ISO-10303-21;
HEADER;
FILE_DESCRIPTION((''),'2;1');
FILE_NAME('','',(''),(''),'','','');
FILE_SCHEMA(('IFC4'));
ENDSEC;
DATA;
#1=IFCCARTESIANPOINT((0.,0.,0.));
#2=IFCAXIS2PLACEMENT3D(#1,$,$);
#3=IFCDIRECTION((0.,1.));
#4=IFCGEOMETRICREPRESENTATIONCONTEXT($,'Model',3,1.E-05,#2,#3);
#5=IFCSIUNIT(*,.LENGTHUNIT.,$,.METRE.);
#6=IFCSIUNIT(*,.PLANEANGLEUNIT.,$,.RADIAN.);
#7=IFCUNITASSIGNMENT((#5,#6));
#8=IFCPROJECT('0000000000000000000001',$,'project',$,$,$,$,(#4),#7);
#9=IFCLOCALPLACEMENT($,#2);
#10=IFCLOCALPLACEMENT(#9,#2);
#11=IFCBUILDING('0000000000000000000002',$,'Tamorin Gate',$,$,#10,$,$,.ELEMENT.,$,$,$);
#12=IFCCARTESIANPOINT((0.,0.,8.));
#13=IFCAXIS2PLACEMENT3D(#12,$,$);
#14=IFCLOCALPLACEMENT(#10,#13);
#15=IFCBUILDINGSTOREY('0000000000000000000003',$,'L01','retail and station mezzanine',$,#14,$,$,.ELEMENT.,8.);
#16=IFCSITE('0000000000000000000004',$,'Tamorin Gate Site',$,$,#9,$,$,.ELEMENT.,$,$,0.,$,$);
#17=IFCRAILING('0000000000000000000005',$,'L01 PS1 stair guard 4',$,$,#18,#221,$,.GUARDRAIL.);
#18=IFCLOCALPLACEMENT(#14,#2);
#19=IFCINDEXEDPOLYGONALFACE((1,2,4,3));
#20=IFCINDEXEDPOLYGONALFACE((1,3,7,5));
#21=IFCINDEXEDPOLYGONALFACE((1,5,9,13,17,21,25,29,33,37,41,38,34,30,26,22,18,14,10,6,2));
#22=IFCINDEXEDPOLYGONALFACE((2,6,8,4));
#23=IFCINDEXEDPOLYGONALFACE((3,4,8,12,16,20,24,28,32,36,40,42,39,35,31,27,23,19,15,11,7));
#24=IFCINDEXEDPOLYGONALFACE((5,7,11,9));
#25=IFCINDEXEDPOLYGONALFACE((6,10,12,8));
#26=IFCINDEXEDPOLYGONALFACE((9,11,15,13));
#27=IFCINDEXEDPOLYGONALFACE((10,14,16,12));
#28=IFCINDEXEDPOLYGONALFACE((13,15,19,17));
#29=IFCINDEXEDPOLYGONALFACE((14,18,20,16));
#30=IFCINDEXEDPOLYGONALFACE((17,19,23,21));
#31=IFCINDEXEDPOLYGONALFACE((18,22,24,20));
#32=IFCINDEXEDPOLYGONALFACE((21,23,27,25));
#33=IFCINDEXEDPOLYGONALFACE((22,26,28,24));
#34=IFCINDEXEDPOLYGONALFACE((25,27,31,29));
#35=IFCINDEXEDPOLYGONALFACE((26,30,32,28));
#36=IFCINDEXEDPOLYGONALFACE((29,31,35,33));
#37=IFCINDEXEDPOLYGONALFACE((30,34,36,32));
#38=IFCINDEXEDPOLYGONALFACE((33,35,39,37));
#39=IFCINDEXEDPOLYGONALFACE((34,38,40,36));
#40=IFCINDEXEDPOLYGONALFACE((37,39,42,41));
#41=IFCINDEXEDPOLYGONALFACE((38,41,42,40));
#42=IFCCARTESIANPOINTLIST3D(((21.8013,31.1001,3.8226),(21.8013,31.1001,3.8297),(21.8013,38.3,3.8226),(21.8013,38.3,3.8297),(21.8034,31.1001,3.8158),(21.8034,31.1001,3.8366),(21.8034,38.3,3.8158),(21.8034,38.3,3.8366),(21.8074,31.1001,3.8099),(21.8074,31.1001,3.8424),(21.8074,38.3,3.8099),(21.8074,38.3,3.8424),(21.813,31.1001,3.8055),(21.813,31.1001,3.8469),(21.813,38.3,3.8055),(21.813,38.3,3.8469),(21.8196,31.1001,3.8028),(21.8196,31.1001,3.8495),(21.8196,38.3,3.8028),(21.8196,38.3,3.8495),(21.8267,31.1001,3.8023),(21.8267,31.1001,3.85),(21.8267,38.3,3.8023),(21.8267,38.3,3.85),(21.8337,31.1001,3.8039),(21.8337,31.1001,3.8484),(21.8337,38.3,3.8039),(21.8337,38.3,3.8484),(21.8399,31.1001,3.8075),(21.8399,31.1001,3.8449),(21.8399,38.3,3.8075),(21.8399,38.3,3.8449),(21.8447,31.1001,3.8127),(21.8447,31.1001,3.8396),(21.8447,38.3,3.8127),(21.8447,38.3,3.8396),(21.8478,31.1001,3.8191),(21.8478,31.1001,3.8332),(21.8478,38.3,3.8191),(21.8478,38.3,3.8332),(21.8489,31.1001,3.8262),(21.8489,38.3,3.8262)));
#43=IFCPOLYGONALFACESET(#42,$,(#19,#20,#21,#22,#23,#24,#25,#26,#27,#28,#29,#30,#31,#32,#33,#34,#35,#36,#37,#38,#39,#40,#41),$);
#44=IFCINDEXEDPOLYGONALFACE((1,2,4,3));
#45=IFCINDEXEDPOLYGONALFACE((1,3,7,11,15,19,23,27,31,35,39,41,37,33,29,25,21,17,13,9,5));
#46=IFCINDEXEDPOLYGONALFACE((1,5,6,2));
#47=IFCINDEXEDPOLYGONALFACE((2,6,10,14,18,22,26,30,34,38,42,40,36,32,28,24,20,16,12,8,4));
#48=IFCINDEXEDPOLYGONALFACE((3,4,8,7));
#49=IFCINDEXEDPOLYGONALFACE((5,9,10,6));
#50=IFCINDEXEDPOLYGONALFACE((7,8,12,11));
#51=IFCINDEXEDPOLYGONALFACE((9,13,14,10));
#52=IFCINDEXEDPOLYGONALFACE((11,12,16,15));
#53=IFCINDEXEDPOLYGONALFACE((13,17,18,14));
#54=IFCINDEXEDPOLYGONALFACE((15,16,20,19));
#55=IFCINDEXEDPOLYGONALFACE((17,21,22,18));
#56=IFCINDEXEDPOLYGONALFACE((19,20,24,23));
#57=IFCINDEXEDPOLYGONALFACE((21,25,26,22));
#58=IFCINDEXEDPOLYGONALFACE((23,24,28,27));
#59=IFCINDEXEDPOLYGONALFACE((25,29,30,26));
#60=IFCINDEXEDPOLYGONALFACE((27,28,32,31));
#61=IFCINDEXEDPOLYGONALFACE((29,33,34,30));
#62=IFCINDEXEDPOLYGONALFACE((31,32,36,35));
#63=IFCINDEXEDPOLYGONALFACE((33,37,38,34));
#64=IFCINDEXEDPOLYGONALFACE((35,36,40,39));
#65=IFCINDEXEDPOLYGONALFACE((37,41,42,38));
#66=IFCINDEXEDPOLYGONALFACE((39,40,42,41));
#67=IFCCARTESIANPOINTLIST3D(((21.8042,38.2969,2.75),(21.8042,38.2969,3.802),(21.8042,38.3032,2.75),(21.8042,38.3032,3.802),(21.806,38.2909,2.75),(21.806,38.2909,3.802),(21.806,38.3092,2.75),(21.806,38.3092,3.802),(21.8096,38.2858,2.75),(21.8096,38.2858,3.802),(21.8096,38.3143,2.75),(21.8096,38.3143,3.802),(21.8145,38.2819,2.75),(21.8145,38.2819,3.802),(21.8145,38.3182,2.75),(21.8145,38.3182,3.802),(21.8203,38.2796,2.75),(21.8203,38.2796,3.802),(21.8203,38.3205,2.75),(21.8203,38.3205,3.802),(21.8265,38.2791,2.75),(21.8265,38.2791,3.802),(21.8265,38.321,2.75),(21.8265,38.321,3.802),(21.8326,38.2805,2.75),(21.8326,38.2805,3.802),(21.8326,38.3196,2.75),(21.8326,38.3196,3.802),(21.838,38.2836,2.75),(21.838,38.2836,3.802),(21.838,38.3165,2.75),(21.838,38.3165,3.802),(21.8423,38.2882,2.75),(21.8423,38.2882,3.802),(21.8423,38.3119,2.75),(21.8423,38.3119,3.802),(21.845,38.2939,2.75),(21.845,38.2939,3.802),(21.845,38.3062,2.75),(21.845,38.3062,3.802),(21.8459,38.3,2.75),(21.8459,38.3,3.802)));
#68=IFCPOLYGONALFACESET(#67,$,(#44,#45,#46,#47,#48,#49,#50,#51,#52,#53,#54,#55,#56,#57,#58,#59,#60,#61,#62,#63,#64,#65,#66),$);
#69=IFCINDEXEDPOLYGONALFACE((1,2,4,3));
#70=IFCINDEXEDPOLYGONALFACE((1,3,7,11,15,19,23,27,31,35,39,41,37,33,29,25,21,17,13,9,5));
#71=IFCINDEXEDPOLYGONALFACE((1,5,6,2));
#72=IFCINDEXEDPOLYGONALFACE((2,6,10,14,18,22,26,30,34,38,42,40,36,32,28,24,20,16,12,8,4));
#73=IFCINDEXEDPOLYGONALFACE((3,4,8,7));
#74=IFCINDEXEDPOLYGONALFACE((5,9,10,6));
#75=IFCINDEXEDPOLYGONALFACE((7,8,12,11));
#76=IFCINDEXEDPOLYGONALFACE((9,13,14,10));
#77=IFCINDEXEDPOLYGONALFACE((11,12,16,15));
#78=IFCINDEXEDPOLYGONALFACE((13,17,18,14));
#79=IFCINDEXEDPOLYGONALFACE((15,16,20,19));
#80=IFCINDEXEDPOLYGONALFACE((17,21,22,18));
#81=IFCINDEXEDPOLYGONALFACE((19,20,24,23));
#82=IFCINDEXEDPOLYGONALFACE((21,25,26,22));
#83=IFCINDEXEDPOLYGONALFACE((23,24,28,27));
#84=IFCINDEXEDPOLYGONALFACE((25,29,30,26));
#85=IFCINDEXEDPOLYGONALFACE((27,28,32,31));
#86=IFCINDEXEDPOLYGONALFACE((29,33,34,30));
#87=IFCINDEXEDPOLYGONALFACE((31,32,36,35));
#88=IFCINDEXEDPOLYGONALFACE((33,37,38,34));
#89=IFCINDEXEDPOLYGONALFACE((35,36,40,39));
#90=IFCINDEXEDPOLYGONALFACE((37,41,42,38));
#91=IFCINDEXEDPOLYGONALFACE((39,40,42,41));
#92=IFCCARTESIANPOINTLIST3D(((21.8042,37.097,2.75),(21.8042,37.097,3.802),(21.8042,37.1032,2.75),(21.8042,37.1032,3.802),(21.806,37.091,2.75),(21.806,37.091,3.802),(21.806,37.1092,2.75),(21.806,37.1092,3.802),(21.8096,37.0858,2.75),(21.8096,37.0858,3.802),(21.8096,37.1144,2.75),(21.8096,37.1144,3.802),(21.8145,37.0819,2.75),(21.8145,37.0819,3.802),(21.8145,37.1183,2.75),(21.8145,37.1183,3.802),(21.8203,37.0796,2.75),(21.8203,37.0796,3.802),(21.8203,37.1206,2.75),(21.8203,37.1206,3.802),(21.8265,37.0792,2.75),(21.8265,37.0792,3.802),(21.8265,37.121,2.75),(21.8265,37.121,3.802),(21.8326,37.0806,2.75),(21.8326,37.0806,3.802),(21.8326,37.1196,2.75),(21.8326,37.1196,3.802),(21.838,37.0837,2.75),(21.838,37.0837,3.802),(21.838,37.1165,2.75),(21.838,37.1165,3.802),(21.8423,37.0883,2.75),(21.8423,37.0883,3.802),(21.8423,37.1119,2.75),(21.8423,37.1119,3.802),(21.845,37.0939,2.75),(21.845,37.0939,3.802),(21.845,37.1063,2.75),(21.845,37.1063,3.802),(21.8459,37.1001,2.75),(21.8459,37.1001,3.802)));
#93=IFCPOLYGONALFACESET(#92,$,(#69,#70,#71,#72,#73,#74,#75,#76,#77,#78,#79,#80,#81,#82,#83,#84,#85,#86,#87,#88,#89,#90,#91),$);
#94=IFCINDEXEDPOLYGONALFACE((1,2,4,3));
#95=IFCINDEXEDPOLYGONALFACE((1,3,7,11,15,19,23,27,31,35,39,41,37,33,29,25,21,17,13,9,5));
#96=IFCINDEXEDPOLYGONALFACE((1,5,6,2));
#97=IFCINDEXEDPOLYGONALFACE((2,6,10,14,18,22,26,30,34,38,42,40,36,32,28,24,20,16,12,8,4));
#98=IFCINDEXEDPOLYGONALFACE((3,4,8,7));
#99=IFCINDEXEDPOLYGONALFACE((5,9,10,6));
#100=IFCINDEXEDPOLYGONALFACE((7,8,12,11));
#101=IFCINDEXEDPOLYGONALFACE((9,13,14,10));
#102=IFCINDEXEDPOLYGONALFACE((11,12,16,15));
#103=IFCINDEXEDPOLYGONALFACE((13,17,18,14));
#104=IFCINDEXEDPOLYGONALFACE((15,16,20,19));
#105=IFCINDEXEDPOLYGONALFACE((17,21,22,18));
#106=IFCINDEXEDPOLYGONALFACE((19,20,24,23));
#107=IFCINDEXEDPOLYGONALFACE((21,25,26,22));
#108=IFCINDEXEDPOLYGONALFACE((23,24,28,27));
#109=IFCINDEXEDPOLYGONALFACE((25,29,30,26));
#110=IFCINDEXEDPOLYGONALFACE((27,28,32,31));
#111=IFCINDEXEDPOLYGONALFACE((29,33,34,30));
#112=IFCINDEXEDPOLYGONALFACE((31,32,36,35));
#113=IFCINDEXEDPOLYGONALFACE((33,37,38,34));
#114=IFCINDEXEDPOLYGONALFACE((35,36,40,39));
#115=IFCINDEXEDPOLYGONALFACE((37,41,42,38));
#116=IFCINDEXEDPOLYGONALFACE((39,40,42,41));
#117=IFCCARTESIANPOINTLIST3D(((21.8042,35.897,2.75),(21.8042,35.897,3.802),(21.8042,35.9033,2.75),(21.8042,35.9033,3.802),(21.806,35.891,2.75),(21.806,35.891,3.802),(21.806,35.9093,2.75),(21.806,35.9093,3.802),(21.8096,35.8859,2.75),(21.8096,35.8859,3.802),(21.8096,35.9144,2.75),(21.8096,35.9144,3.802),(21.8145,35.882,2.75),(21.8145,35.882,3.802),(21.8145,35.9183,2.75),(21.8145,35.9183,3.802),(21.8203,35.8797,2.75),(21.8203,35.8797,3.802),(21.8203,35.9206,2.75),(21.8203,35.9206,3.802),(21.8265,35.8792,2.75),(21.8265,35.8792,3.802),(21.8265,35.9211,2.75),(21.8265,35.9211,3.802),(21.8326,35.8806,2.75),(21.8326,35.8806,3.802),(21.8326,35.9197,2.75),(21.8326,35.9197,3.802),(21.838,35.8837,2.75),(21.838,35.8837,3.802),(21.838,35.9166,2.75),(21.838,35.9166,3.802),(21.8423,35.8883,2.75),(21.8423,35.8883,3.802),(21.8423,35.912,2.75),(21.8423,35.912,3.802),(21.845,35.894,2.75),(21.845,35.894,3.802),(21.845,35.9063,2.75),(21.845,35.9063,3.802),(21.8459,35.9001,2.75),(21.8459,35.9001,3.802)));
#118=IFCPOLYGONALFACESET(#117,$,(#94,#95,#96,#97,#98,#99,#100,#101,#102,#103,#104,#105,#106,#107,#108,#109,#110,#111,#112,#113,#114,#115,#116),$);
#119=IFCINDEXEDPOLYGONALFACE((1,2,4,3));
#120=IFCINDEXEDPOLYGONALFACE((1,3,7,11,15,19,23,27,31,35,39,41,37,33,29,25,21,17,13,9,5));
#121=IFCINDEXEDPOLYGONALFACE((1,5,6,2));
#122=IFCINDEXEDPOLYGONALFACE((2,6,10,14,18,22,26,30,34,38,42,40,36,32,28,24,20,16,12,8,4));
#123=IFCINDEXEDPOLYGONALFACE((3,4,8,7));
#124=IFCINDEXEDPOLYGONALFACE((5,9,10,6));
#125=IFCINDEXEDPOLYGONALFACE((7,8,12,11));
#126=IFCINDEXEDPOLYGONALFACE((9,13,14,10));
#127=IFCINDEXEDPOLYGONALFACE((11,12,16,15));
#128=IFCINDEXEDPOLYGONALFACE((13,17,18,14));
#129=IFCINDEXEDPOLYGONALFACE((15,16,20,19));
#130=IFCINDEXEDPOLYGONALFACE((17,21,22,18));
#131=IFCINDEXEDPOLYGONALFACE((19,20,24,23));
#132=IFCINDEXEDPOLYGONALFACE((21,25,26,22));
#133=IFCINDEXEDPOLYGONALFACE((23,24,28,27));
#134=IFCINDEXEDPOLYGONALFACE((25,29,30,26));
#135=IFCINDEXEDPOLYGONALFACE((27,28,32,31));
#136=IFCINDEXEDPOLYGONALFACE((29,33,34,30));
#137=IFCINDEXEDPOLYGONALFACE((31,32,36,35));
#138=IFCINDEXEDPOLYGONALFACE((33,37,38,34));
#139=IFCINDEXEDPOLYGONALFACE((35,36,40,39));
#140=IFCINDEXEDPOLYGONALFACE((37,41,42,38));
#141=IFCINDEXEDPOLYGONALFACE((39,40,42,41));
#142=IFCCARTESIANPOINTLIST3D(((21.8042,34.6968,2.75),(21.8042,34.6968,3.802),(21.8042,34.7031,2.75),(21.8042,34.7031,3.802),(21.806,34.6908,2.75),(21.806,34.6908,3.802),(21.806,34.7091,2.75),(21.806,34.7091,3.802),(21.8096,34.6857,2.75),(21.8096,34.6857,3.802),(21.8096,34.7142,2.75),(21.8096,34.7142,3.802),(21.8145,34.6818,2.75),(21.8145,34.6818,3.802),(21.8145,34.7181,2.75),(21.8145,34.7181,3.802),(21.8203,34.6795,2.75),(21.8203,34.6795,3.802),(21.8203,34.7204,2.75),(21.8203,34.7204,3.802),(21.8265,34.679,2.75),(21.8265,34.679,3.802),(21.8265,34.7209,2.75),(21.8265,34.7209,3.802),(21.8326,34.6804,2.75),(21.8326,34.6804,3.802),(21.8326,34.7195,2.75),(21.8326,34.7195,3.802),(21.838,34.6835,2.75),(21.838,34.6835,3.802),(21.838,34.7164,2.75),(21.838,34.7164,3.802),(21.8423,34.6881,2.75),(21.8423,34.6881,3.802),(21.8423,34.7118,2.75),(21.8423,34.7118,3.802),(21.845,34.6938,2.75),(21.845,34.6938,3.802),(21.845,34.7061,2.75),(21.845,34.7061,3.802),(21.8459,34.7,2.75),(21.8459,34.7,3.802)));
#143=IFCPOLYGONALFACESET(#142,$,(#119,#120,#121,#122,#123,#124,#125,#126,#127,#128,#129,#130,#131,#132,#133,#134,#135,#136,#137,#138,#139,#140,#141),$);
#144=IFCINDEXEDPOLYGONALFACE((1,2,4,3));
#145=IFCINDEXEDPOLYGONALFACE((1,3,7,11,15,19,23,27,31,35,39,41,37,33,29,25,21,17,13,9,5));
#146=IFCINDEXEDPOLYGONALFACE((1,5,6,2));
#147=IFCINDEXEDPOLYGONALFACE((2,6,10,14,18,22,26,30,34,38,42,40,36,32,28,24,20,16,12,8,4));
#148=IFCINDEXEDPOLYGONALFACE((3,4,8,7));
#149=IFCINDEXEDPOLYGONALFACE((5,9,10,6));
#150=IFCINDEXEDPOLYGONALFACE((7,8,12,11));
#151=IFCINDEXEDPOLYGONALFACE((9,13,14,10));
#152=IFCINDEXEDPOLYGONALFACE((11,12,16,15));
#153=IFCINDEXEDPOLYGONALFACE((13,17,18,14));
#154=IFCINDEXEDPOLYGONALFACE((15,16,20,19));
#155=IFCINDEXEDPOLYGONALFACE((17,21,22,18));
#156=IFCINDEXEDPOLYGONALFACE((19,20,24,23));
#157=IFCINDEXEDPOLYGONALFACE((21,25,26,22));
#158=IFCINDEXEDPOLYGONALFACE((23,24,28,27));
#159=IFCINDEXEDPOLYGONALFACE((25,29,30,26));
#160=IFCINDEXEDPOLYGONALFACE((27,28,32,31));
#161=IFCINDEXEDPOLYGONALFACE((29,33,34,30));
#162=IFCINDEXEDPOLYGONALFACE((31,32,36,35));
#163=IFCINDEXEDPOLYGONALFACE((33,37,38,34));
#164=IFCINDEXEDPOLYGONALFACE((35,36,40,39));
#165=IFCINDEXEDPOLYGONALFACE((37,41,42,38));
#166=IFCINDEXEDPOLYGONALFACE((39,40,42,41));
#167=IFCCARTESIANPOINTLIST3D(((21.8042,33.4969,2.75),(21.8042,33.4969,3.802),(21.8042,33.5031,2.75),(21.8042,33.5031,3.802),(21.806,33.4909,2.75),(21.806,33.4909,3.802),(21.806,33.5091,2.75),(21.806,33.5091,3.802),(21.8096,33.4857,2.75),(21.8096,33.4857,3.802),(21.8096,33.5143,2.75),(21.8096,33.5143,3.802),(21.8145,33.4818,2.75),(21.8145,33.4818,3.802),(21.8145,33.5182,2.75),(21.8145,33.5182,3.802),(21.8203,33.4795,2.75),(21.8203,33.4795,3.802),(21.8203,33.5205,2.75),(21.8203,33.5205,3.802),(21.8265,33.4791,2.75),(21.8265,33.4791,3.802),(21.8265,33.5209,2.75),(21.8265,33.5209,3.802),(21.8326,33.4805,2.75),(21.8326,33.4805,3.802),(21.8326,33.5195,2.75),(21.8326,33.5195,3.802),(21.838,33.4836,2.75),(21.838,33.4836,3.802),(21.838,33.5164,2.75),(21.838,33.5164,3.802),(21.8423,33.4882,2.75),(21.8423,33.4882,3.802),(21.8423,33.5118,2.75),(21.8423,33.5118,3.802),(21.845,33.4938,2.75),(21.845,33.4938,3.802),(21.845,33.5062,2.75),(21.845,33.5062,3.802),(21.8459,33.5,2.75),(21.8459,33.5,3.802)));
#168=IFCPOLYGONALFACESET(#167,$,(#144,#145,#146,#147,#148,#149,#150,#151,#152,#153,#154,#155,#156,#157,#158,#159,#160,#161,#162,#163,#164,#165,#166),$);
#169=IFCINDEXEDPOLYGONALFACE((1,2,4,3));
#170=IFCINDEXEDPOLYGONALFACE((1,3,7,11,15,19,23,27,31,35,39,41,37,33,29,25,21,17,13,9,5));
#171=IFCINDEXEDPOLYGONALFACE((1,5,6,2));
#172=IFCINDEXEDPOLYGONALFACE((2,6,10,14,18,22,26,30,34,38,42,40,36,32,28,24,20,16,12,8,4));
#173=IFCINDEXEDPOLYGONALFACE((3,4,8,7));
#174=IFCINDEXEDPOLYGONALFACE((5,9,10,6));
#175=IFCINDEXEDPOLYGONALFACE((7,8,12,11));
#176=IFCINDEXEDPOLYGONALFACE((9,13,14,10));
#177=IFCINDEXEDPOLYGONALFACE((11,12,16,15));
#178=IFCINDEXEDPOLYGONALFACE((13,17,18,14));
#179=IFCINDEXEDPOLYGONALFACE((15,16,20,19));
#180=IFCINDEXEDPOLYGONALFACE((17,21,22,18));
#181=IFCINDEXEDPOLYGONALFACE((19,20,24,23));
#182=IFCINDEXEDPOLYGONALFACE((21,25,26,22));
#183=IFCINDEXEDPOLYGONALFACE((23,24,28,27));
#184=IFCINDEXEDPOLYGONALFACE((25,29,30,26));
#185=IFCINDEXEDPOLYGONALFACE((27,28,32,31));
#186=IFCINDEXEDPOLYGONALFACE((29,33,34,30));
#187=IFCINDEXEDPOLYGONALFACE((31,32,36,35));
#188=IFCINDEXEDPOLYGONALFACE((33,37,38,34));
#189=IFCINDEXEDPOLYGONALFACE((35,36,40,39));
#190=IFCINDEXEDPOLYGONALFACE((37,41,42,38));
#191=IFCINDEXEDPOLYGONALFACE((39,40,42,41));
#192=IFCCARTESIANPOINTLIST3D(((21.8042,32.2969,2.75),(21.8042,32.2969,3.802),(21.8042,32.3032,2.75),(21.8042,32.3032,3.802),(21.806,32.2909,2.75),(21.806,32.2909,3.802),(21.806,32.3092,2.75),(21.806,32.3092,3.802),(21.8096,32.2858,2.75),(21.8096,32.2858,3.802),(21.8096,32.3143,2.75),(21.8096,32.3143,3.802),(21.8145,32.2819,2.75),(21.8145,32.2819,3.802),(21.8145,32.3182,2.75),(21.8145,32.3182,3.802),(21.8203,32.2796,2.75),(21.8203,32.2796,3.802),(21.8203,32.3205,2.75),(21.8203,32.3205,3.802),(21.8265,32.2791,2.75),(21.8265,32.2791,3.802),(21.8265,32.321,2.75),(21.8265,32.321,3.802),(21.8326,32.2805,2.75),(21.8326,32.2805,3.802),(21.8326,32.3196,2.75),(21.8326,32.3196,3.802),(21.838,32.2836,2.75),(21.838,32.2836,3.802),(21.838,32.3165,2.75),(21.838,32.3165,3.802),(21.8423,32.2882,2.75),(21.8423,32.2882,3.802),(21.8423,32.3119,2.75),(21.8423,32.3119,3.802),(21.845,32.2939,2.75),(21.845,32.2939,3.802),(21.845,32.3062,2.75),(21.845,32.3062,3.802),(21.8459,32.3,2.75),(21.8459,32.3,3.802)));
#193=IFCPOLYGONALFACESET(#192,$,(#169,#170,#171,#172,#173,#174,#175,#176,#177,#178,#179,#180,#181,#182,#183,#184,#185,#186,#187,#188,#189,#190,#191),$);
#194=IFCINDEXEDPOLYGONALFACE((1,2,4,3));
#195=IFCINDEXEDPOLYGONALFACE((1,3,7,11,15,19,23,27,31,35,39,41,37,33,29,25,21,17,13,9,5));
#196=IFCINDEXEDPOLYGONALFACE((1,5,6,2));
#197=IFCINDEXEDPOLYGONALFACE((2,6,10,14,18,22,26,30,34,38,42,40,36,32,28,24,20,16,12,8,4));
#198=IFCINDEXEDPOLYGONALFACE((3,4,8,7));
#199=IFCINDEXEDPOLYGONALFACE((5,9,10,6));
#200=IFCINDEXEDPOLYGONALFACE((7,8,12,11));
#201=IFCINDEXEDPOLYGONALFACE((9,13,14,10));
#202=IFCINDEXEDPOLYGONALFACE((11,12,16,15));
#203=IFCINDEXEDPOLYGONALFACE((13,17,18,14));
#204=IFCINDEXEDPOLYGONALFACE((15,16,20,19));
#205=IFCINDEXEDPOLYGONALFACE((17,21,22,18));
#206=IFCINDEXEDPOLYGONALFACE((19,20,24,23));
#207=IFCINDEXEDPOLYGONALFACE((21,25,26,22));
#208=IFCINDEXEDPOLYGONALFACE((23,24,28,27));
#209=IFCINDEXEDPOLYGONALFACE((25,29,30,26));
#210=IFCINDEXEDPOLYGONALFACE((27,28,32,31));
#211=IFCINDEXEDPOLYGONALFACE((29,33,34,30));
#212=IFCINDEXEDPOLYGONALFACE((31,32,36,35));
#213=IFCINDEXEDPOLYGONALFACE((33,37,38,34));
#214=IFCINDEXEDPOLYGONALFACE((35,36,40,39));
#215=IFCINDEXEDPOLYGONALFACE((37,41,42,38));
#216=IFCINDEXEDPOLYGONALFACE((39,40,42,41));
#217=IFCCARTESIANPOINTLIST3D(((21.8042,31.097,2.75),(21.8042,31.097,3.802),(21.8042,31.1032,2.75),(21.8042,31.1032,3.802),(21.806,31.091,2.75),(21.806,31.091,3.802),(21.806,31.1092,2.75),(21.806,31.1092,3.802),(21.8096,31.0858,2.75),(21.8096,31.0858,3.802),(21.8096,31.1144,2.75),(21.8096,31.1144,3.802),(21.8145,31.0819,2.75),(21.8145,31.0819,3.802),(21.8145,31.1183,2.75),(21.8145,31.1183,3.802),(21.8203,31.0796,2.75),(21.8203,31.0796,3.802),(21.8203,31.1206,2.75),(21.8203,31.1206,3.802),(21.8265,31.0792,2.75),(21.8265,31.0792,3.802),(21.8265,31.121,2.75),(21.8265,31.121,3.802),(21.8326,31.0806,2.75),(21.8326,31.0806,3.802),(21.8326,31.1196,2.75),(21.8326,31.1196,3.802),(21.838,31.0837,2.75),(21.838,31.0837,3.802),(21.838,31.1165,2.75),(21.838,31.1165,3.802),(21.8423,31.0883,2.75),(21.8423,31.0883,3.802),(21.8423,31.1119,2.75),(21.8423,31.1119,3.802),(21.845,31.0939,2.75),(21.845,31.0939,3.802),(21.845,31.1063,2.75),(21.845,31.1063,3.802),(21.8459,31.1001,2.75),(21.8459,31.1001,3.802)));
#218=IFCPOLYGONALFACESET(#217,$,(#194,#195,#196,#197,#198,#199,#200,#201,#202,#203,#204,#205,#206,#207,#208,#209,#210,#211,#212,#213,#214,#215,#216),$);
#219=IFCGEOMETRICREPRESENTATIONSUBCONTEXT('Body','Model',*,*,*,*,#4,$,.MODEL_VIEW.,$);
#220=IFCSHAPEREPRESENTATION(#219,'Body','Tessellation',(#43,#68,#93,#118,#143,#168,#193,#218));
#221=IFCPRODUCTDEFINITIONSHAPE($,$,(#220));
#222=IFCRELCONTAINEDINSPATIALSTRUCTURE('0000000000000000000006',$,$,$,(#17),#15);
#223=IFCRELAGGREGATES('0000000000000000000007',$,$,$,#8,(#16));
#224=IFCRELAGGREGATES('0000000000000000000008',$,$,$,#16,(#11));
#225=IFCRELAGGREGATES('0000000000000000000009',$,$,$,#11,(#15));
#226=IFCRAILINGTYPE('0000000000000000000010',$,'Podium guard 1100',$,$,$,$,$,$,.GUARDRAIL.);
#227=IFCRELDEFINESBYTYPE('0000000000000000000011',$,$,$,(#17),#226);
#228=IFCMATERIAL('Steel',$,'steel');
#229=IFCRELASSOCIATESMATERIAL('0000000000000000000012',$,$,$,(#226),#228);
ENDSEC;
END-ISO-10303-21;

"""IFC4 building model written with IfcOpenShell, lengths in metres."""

from ifc_helpers import new_model, si_unit, direction, frame, origin, origin_2d, place, context, subcontext, project, spatial, circle, extrude, material, type_object, element, save


model = new_model("IFC4")

# Units and contexts
model_context = context("Model", 3, precision=1e-05, world=origin(), true_north=direction((0.0, 1.0)))
body_context = subcontext(model_context, "Body", "Model", "MODEL_VIEW")
ifc_project = project(units=[si_unit("LENGTHUNIT", "METRE"), si_unit("PLANEANGLEUNIT", "RADIAN")], contexts=[model_context])

# Site, building, storey
site_placement = place(None, origin())
site = spatial("IfcSite", under=ifc_project, at=site_placement, Name="Tamorin Gate Site", CompositionType="ELEMENT", RefElevation=0.0)
building_placement = place(site_placement, origin())
building = spatial("IfcBuilding", under=site, at=building_placement, Name="Tamorin Gate", CompositionType="ELEMENT")
storey_placement = place(building_placement, frame((0.0, 0.0, 8.0)))
storey = spatial("IfcBuildingStorey", under=building, at=storey_placement, Name="L01", Description="retail and station mezzanine", CompositionType="ELEMENT", Elevation=8.0)

# Railing
ifc_material_1 = material(Name="Steel", Category="steel")
railing_type_1 = type_object("IfcRailingType", Name="Podium guard 1100", PredefinedType="GUARDRAIL", material=ifc_material_1)
railing_1_placement = place(storey_placement, frame((21.825, 38.3, 2.75)))
element("IfcRailing", 1, at=railing_1_placement, inside=storey, type_object=railing_type_1, Name="L01 PS1 stair guard 4", PredefinedType="GUARDRAIL", context=body_context, shape_type="SweptSolid", body=[
    extrude(circle(Radius=0.0239, at=origin_2d()), frame((0.0, 0.0, 1.0762), z_axis=(0.0, -1.0, 0.0), x_axis=(1.0, 0.0, 0.0)), (0.0, 0.0, 1.0), 7.2),
    extrude(circle(Radius=0.021, at=origin_2d()), origin(), (0.0, 0.0, 1.0), 1.052),
    extrude(circle(Radius=0.021, at=origin_2d()), frame((0.0, -1.2, 0.0)), (0.0, 0.0, 1.0), 1.052),
    extrude(circle(Radius=0.021, at=origin_2d()), frame((0.0, -2.3999, 0.0)), (0.0, 0.0, 1.0), 1.052),
    extrude(circle(Radius=0.021, at=origin_2d()), frame((0.0, -3.6001, 0.0)), (0.0, 0.0, 1.0), 1.052),
    extrude(circle(Radius=0.021, at=origin_2d()), frame((0.0, -4.8, 0.0)), (0.0, 0.0, 1.0), 1.052),
    extrude(circle(Radius=0.021, at=origin_2d()), frame((0.0, -6.0, 0.0)), (0.0, 0.0, 1.0), 1.052),
    extrude(circle(Radius=0.021, at=origin_2d()), frame((0.0, -7.2, 0.0)), (0.0, 0.0, 1.0), 1.052),
])

save(model, "model.ifc")
